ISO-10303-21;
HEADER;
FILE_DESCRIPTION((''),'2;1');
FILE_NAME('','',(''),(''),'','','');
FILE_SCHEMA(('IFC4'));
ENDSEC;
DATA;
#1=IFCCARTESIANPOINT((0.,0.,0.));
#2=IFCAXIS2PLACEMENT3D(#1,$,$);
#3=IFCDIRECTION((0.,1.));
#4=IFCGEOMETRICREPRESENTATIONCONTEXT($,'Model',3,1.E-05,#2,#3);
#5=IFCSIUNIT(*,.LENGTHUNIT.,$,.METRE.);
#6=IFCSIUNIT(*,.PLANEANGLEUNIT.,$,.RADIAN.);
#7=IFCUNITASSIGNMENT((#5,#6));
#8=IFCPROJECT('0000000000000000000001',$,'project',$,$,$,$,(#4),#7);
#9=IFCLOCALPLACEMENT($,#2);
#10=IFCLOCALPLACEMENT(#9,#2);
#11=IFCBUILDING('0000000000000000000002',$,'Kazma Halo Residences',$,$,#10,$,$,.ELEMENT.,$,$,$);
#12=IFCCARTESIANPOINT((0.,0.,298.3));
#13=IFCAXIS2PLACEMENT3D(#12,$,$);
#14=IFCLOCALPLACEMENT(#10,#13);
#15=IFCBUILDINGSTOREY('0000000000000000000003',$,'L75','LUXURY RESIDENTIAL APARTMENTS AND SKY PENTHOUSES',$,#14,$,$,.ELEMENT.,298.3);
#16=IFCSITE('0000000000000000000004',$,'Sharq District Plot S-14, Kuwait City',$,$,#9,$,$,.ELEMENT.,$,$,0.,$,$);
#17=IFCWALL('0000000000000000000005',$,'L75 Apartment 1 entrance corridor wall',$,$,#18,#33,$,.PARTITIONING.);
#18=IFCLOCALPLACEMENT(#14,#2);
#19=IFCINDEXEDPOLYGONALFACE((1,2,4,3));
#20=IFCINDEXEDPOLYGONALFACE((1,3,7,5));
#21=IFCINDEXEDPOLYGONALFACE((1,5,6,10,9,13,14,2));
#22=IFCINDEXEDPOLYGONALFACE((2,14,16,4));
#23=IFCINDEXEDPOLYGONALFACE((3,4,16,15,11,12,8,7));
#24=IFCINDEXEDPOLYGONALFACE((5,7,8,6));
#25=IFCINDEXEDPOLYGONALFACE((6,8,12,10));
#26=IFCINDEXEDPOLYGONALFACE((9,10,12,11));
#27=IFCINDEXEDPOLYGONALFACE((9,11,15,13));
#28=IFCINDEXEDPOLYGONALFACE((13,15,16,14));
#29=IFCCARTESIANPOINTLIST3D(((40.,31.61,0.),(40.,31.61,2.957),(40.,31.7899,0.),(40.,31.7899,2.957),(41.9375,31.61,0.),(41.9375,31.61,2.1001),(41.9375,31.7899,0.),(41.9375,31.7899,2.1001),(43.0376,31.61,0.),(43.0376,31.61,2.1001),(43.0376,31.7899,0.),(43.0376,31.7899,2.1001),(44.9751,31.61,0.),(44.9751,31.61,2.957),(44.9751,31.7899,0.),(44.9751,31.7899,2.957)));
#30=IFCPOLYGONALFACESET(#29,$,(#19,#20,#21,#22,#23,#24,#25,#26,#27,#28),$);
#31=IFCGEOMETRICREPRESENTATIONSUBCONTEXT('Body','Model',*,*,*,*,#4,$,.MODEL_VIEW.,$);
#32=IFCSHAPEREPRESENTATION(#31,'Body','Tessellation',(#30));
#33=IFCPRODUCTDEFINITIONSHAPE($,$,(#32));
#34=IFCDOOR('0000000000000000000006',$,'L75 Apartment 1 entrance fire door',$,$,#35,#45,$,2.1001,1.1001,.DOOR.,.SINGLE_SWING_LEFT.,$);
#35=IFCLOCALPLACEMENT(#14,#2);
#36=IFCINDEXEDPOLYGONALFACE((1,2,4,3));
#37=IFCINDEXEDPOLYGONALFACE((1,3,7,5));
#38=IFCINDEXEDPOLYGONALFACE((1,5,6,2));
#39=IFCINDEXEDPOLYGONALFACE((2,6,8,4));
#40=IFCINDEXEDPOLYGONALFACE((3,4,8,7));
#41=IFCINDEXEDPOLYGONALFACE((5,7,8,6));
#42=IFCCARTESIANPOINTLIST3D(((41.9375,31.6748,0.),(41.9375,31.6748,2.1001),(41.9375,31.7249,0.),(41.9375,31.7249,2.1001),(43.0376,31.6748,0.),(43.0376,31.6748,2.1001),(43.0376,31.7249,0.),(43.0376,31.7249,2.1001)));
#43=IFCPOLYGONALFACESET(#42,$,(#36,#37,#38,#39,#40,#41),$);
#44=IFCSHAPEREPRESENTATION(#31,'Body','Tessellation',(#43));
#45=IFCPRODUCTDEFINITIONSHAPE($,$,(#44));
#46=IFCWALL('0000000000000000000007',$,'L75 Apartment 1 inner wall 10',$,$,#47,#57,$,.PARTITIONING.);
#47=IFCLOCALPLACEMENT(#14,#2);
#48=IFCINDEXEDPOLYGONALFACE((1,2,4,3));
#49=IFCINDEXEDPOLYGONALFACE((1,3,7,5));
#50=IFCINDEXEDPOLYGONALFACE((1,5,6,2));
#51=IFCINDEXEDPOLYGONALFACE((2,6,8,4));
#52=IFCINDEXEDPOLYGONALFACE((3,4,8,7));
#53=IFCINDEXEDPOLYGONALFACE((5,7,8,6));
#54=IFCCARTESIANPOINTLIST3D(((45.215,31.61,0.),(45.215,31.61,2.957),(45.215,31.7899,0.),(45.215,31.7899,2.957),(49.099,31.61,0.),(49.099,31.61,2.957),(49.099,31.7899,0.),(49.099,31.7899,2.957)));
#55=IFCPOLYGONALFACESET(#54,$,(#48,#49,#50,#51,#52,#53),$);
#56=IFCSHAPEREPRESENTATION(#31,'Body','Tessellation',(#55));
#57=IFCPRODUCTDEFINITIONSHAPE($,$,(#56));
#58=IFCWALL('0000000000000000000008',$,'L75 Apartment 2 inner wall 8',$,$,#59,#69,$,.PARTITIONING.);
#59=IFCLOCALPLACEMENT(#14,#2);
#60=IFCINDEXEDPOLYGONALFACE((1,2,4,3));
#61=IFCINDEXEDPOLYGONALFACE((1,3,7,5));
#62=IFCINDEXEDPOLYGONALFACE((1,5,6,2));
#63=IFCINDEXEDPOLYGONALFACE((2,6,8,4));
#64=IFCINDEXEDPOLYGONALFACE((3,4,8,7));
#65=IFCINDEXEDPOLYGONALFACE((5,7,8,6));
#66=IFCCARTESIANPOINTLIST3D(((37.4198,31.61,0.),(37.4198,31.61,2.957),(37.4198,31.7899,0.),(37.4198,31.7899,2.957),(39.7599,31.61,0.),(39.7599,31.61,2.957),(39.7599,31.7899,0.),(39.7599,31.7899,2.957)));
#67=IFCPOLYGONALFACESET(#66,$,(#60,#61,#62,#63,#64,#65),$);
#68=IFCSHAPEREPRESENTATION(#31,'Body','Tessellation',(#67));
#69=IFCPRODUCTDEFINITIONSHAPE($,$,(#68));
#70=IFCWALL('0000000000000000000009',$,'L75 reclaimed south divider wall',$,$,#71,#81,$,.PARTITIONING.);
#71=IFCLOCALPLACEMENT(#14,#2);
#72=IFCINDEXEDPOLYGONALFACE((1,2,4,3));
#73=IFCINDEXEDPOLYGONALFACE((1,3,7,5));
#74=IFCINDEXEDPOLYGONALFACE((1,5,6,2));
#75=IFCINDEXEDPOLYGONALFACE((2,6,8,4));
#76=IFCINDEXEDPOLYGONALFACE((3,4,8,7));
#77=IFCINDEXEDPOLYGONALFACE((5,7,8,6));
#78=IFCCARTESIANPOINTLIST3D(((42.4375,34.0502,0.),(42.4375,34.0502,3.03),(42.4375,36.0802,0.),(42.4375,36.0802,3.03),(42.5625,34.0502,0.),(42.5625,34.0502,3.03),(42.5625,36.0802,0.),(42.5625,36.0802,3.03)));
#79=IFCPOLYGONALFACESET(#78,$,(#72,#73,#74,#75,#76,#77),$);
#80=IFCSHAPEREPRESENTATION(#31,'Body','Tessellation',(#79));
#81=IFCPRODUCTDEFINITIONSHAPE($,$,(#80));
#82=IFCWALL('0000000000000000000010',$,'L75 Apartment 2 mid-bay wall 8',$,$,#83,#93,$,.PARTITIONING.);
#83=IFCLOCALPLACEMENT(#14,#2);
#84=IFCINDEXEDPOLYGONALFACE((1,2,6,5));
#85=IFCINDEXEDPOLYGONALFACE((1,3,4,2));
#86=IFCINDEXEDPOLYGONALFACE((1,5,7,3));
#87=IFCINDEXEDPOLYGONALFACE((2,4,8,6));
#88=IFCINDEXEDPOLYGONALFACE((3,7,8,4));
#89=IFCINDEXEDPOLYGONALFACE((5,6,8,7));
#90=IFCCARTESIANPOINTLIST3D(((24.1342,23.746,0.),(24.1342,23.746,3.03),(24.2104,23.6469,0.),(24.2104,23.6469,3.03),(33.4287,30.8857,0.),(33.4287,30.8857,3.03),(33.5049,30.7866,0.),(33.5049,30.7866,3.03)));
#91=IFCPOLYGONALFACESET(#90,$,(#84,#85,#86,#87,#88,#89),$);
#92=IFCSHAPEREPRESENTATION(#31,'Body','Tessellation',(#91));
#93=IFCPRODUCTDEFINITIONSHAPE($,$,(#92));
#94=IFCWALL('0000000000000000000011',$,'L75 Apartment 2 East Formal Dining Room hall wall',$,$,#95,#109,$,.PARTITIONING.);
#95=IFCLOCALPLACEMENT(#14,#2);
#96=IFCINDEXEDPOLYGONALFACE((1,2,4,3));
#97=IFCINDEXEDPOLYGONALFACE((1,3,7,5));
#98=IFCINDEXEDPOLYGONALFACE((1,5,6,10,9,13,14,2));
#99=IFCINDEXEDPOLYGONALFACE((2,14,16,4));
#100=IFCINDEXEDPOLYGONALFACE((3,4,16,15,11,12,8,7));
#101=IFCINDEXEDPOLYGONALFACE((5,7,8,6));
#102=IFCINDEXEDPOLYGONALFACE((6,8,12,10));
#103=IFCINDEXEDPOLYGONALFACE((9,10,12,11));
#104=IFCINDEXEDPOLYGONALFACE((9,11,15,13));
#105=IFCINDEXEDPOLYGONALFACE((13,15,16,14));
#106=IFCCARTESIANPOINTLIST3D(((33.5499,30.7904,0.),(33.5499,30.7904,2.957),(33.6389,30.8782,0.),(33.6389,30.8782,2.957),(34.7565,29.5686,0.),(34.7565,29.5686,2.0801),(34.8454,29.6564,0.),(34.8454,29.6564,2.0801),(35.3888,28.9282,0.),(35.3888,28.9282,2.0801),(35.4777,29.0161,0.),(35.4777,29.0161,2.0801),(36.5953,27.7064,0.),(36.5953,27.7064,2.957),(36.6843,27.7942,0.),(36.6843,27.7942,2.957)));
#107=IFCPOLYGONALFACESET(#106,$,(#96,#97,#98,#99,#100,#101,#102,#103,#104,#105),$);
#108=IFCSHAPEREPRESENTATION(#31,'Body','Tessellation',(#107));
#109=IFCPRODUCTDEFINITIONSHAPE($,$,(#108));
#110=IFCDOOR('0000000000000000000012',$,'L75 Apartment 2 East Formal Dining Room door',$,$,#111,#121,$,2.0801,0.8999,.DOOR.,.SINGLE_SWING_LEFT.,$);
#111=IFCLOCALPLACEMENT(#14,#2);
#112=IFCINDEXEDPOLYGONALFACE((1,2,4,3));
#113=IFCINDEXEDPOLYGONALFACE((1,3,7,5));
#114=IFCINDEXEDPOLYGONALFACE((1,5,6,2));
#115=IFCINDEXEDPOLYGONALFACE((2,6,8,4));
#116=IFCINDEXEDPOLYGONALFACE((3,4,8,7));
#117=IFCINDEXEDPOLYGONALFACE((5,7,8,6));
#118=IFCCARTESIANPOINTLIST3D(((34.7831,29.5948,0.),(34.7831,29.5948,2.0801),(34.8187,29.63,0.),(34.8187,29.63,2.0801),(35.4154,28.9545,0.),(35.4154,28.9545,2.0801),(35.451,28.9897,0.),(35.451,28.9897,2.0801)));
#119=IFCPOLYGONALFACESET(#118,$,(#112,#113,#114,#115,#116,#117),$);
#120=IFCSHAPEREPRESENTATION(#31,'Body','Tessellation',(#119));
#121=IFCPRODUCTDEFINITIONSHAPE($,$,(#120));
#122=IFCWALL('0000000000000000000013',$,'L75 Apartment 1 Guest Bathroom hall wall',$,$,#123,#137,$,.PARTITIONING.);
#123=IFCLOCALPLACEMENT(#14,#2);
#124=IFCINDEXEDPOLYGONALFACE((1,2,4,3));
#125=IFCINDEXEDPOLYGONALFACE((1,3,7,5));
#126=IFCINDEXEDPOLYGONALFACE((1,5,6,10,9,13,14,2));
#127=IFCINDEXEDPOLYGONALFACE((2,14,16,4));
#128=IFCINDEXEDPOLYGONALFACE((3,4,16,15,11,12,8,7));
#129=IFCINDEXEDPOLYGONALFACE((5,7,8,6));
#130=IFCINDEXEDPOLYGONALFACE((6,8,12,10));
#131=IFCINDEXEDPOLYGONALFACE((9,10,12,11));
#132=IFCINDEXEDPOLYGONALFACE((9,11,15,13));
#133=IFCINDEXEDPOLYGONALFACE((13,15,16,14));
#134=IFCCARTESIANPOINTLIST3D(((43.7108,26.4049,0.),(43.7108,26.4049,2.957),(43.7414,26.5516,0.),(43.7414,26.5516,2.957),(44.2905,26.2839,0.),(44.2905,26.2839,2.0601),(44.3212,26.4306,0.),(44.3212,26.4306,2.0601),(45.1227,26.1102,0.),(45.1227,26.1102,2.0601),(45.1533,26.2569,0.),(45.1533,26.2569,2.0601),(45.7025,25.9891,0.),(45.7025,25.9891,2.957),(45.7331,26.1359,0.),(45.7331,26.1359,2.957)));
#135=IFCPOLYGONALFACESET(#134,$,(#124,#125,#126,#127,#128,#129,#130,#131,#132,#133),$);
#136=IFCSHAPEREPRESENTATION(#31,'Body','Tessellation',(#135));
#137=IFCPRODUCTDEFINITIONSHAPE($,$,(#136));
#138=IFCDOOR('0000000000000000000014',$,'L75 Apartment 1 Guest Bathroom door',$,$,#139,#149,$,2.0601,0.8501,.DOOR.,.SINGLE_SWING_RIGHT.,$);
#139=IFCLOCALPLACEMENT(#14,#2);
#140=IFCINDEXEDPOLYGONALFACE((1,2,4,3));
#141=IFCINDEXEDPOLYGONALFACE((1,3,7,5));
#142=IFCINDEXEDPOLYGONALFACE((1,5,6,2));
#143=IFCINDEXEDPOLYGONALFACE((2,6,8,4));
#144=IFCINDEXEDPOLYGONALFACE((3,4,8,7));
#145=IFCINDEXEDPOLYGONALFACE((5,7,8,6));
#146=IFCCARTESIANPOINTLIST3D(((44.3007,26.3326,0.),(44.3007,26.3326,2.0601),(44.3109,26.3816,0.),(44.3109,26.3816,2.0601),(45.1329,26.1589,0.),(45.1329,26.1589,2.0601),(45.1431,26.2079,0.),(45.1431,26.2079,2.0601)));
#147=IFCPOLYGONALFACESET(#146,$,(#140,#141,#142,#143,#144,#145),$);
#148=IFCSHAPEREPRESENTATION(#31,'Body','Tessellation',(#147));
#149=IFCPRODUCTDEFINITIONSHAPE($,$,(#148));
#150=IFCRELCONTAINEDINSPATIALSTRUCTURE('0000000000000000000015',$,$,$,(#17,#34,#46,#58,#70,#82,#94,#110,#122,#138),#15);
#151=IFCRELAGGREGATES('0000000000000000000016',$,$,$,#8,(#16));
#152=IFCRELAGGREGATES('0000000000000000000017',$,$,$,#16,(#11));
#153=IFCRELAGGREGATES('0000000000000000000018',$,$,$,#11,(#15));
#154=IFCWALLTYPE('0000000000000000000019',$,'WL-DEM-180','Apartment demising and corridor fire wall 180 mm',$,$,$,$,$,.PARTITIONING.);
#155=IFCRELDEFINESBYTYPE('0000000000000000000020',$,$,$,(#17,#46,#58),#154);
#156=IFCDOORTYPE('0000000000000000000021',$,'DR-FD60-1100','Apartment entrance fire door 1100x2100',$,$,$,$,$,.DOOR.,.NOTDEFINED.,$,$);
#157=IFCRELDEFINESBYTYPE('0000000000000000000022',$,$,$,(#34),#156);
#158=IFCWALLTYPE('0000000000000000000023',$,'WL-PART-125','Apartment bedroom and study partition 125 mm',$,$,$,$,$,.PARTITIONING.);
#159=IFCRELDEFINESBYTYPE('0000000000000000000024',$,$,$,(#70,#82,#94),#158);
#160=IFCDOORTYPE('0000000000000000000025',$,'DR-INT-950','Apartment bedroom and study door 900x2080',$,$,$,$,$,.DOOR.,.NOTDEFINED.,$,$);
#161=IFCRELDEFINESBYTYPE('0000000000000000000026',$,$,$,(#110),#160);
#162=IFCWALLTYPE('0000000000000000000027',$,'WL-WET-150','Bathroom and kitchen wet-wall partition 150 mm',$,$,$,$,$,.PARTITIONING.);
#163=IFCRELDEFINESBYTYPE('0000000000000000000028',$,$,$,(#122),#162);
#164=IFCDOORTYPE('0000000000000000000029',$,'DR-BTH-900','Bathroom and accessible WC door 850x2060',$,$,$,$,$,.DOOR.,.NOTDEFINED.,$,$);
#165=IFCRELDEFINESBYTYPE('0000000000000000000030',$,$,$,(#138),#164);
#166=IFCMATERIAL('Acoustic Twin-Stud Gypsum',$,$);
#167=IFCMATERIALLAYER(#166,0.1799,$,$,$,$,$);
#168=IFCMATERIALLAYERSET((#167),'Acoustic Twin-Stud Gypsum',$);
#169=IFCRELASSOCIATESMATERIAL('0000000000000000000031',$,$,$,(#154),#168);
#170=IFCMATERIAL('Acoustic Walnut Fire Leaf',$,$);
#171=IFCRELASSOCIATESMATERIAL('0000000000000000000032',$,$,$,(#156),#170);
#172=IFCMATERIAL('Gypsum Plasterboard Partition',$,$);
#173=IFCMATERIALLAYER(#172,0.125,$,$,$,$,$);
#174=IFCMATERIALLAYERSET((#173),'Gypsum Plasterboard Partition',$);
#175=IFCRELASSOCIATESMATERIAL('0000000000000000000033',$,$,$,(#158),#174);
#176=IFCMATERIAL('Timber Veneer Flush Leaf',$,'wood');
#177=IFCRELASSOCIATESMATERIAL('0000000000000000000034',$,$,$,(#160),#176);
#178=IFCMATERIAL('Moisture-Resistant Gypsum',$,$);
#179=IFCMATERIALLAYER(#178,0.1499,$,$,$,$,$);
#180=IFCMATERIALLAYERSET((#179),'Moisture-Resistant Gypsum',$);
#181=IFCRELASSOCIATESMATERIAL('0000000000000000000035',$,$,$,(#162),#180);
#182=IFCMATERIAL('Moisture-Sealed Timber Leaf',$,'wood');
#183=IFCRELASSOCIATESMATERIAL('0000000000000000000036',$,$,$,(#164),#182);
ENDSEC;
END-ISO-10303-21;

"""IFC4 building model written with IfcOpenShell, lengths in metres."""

from ifc_helpers import new_model, si_unit, direction, frame, frame_2d, origin, place, context, subcontext, project, spatial, rectangle, extrude, material, layer, layer_set, type_object, element, fill, save


model = new_model("IFC4")

# Units and contexts
model_context = context("Model", 3, precision=1e-05, world=origin(), true_north=direction((0.0, 1.0)))
body_context = subcontext(model_context, "Body", "Model", "MODEL_VIEW")
ifc_project = project(units=[si_unit("LENGTHUNIT", "METRE"), si_unit("PLANEANGLEUNIT", "RADIAN")], contexts=[model_context])

# Site, building, storey
site_placement = place(None, origin())
site = spatial("IfcSite", under=ifc_project, at=site_placement, Name="Sharq District Plot S-14, Kuwait City", CompositionType="ELEMENT", RefElevation=0.0)
building_placement = place(site_placement, origin())
building = spatial("IfcBuilding", under=site, at=building_placement, Name="Kazma Halo Residences", CompositionType="ELEMENT")
storey_placement = place(building_placement, frame((0.0, 0.0, 298.3)))
storey = spatial("IfcBuildingStorey", under=building, at=storey_placement, Name="L75", Description="LUXURY RESIDENTIAL APARTMENTS AND SKY PENTHOUSES", CompositionType="ELEMENT", Elevation=298.3)

# Shared definitions
ifc_material_1 = material(Name="Acoustic Twin-Stud Gypsum")
ifc_layer_1 = layer(ifc_material_1, 0.1799)
ifc_layer_set_1 = layer_set([ifc_layer_1], Name="Acoustic Twin-Stud Gypsum")
wall_type_1 = type_object("IfcWallType", Name="WL-DEM-180", Description="Apartment demising and corridor fire wall 180 mm", PredefinedType="PARTITIONING", material=ifc_layer_set_1)

# Wall, opening, door
wall_1_placement = place(storey_placement, frame((40.0, 31.7, 0.0), z_axis=(0.0, 0.0, 1.0), x_axis=(1.0, 0.0, 0.0)))
wall_1 = element("IfcWall", 1, at=wall_1_placement, inside=storey, type_object=wall_type_1, Name="L75 Apartment 1 entrance corridor wall", PredefinedType="PARTITIONING", context=body_context, shape_type="SweptSolid", body=[
    extrude(rectangle(XDim=4.9751, YDim=0.1799, at=frame_2d((2.4875, 0.0))), origin(), (0.0, 0.0, 1.0), 2.957),
])
opening_1_placement = place(wall_1_placement, frame((1.9375, 0.0, 0.0)))
opening_1 = element("IfcOpeningElement", 2, at=opening_1_placement, cuts=wall_1, PredefinedType="OPENING", context=body_context, shape_type="SweptSolid", body=[
    extrude(rectangle(XDim=1.1001, YDim=2.1001, at=frame_2d((0.55, 1.05))), frame((0.0, 0.0999, 0.0), z_axis=(0.0, -1.0, 0.0), x_axis=(1.0, 0.0, 0.0)), (0.0, 0.0, 1.0), 0.2),
])
ifc_material_2 = material(Name="Acoustic Walnut Fire Leaf")
door_type_1 = type_object("IfcDoorType", Name="DR-FD60-1100", Description="Apartment entrance fire door 1100x2100", OperationType="NOTDEFINED", PredefinedType="DOOR", material=ifc_material_2)
door_1_placement = place(opening_1_placement, origin())
door_1 = element("IfcDoor", 3, at=door_1_placement, inside=storey, type_object=door_type_1, Name="L75 Apartment 1 entrance fire door", OperationType="SINGLE_SWING_LEFT", OverallHeight=2.1001, OverallWidth=1.1001, PredefinedType="DOOR", context=body_context, shape_type="SweptSolid", body=[
    extrude(rectangle(XDim=1.1001, YDim=2.1001, at=frame_2d((0.55, 1.05))), frame((0.0, 0.0249, 0.0), z_axis=(0.0, -1.0, 0.0), x_axis=(1.0, 0.0, 0.0)), (0.0, 0.0, 1.0), 0.05),
])
fill(opening_1, door_1)

# Walls
wall_2_placement = place(storey_placement, frame((45.2151, 31.7, 0.0), z_axis=(0.0, 0.0, 1.0), x_axis=(1.0, 0.0, 0.0)))
element("IfcWall", 4, at=wall_2_placement, inside=storey, type_object=wall_type_1, Name="L75 Apartment 1 inner wall 10", PredefinedType="PARTITIONING", context=body_context, shape_type="SweptSolid", body=[
    extrude(rectangle(XDim=3.884, YDim=0.1799, at=frame_2d((1.9419, 0.0))), origin(), (0.0, 0.0, 1.0), 2.957),
])
wall_3_placement = place(storey_placement, frame((37.4199, 31.7, 0.0), z_axis=(0.0, 0.0, 1.0), x_axis=(1.0, 0.0, 0.0)))
element("IfcWall", 5, at=wall_3_placement, inside=storey, type_object=wall_type_1, Name="L75 Apartment 2 inner wall 8", PredefinedType="PARTITIONING", context=body_context, shape_type="SweptSolid", body=[
    extrude(rectangle(XDim=2.3401, YDim=0.1799, at=frame_2d((1.1699, 0.0))), origin(), (0.0, 0.0, 1.0), 2.957),
])
ifc_material_3 = material(Name="Gypsum Plasterboard Partition")
ifc_layer_2 = layer(ifc_material_3, 0.125)
ifc_layer_set_2 = layer_set([ifc_layer_2], Name="Gypsum Plasterboard Partition")
wall_type_2 = type_object("IfcWallType", Name="WL-PART-125", Description="Apartment bedroom and study partition 125 mm", PredefinedType="PARTITIONING", material=ifc_layer_set_2)
wall_4_placement = place(storey_placement, frame((42.5, 34.05, 0.0), z_axis=(0.0, 0.0, 1.0), x_axis=(0.0, 1.0, 0.0)))
element("IfcWall", 6, at=wall_4_placement, inside=storey, type_object=wall_type_2, Name="L75 reclaimed south divider wall", PredefinedType="PARTITIONING", context=body_context, shape_type="SweptSolid", body=[
    extrude(rectangle(XDim=2.03, YDim=0.125, at=frame_2d((1.0151, 0.0))), origin(), (0.0, 0.0, 1.0), 3.03),
])
wall_5_placement = place(storey_placement, frame((33.4668, 30.8362, 0.0), z_axis=(0.0, 0.0, 1.0), x_axis=(-0.793033, -0.609179, 0.0)))
element("IfcWall", 7, at=wall_5_placement, inside=storey, type_object=wall_type_2, Name="L75 Apartment 2 mid-bay wall 8", PredefinedType="PARTITIONING", context=body_context, shape_type="SweptSolid", body=[
    extrude(rectangle(XDim=11.7202, YDim=0.125, at=frame_2d((5.8601, 0.0))), origin(), (0.0, 0.0, 1.0), 3.03),
])

# Walls, openings, doors
wall_6_placement = place(storey_placement, frame((33.5945, 30.8342, 0.0), z_axis=(0.0, 0.0, 1.0), x_axis=(0.702643, -0.711543, 0.0)))
wall_6 = element("IfcWall", 8, at=wall_6_placement, inside=storey, type_object=wall_type_2, Name="L75 Apartment 2 East Formal Dining Room hall wall", PredefinedType="PARTITIONING", context=body_context, shape_type="SweptSolid", body=[
    extrude(rectangle(XDim=4.3342, YDim=0.125, at=frame_2d((2.167, 0.0))), origin(), (0.0, 0.0, 1.0), 2.957),
])
opening_2_placement = place(wall_6_placement, frame((1.717, 0.0, 0.0)))
opening_2 = element("IfcOpeningElement", 9, at=opening_2_placement, cuts=wall_6, PredefinedType="OPENING", context=body_context, shape_type="SweptSolid", body=[
    extrude(rectangle(XDim=0.8999, YDim=2.0801, at=frame_2d((0.45, 1.04))), frame((0.0, 0.0725, 0.0), z_axis=(0.0, -1.0, 0.0), x_axis=(1.0, 0.0, 0.0)), (0.0, 0.0, 1.0), 0.145),
])
ifc_material_4 = material(Name="Timber Veneer Flush Leaf", Category="wood")
door_type_2 = type_object("IfcDoorType", Name="DR-INT-950", Description="Apartment bedroom and study door 900x2080", OperationType="NOTDEFINED", PredefinedType="DOOR", material=ifc_material_4)
door_2_placement = place(opening_2_placement, origin())
door_2 = element("IfcDoor", 10, at=door_2_placement, inside=storey, type_object=door_type_2, Name="L75 Apartment 2 East Formal Dining Room door", OperationType="SINGLE_SWING_LEFT", OverallHeight=2.0801, OverallWidth=0.8999, PredefinedType="DOOR", context=body_context, shape_type="SweptSolid", body=[
    extrude(rectangle(XDim=0.8999, YDim=2.0801, at=frame_2d((0.45, 1.04))), frame((0.0, 0.0249, 0.0), z_axis=(0.0, -1.0, 0.0), x_axis=(1.0, 0.0, 0.0)), (0.0, 0.0, 1.0), 0.05),
])
fill(opening_2, door_2)
ifc_material_5 = material(Name="Moisture-Resistant Gypsum")
ifc_layer_3 = layer(ifc_material_5, 0.1499)
ifc_layer_set_3 = layer_set([ifc_layer_3], Name="Moisture-Resistant Gypsum")
wall_type_3 = type_object("IfcWallType", Name="WL-WET-150", Description="Bathroom and kitchen wet-wall partition 150 mm", PredefinedType="PARTITIONING", material=ifc_layer_set_3)
wall_7_placement = place(storey_placement, frame((43.7261, 26.4783, 0.0), z_axis=(0.0, 0.0, 1.0), x_axis=(0.978898, -0.204347, 0.0)))
wall_7 = element("IfcWall", 11, at=wall_7_placement, inside=storey, type_object=wall_type_3, Name="L75 Apartment 1 Guest Bathroom hall wall", PredefinedType="PARTITIONING", context=body_context, shape_type="SweptSolid", body=[
    extrude(rectangle(XDim=2.0347, YDim=0.1499, at=frame_2d((1.0173, 0.0))), origin(), (0.0, 0.0, 1.0), 2.957),
])
opening_3_placement = place(wall_7_placement, frame((0.5923, 0.0, 0.0)))
opening_3 = element("IfcOpeningElement", 12, at=opening_3_placement, cuts=wall_7, PredefinedType="OPENING", context=body_context, shape_type="SweptSolid", body=[
    extrude(rectangle(XDim=0.8501, YDim=2.0601, at=frame_2d((0.425, 1.03))), frame((0.0, 0.085, 0.0), z_axis=(0.0, -1.0, 0.0), x_axis=(1.0, 0.0, 0.0)), (0.0, 0.0, 1.0), 0.1699),
])
ifc_material_6 = material(Name="Moisture-Sealed Timber Leaf", Category="wood")
door_type_3 = type_object("IfcDoorType", Name="DR-BTH-900", Description="Bathroom and accessible WC door 850x2060", OperationType="NOTDEFINED", PredefinedType="DOOR", material=ifc_material_6)
door_3_placement = place(opening_3_placement, origin())
door_3 = element("IfcDoor", 13, at=door_3_placement, inside=storey, type_object=door_type_3, Name="L75 Apartment 1 Guest Bathroom door", OperationType="SINGLE_SWING_RIGHT", OverallHeight=2.0601, OverallWidth=0.8501, PredefinedType="DOOR", context=body_context, shape_type="SweptSolid", body=[
    extrude(rectangle(XDim=0.8501, YDim=2.0601, at=frame_2d((0.425, 1.03))), frame((0.0, 0.0249, 0.0), z_axis=(0.0, -1.0, 0.0), x_axis=(1.0, 0.0, 0.0)), (0.0, 0.0, 1.0), 0.05),
])
fill(opening_3, door_3)

save(model, "model.ifc")
